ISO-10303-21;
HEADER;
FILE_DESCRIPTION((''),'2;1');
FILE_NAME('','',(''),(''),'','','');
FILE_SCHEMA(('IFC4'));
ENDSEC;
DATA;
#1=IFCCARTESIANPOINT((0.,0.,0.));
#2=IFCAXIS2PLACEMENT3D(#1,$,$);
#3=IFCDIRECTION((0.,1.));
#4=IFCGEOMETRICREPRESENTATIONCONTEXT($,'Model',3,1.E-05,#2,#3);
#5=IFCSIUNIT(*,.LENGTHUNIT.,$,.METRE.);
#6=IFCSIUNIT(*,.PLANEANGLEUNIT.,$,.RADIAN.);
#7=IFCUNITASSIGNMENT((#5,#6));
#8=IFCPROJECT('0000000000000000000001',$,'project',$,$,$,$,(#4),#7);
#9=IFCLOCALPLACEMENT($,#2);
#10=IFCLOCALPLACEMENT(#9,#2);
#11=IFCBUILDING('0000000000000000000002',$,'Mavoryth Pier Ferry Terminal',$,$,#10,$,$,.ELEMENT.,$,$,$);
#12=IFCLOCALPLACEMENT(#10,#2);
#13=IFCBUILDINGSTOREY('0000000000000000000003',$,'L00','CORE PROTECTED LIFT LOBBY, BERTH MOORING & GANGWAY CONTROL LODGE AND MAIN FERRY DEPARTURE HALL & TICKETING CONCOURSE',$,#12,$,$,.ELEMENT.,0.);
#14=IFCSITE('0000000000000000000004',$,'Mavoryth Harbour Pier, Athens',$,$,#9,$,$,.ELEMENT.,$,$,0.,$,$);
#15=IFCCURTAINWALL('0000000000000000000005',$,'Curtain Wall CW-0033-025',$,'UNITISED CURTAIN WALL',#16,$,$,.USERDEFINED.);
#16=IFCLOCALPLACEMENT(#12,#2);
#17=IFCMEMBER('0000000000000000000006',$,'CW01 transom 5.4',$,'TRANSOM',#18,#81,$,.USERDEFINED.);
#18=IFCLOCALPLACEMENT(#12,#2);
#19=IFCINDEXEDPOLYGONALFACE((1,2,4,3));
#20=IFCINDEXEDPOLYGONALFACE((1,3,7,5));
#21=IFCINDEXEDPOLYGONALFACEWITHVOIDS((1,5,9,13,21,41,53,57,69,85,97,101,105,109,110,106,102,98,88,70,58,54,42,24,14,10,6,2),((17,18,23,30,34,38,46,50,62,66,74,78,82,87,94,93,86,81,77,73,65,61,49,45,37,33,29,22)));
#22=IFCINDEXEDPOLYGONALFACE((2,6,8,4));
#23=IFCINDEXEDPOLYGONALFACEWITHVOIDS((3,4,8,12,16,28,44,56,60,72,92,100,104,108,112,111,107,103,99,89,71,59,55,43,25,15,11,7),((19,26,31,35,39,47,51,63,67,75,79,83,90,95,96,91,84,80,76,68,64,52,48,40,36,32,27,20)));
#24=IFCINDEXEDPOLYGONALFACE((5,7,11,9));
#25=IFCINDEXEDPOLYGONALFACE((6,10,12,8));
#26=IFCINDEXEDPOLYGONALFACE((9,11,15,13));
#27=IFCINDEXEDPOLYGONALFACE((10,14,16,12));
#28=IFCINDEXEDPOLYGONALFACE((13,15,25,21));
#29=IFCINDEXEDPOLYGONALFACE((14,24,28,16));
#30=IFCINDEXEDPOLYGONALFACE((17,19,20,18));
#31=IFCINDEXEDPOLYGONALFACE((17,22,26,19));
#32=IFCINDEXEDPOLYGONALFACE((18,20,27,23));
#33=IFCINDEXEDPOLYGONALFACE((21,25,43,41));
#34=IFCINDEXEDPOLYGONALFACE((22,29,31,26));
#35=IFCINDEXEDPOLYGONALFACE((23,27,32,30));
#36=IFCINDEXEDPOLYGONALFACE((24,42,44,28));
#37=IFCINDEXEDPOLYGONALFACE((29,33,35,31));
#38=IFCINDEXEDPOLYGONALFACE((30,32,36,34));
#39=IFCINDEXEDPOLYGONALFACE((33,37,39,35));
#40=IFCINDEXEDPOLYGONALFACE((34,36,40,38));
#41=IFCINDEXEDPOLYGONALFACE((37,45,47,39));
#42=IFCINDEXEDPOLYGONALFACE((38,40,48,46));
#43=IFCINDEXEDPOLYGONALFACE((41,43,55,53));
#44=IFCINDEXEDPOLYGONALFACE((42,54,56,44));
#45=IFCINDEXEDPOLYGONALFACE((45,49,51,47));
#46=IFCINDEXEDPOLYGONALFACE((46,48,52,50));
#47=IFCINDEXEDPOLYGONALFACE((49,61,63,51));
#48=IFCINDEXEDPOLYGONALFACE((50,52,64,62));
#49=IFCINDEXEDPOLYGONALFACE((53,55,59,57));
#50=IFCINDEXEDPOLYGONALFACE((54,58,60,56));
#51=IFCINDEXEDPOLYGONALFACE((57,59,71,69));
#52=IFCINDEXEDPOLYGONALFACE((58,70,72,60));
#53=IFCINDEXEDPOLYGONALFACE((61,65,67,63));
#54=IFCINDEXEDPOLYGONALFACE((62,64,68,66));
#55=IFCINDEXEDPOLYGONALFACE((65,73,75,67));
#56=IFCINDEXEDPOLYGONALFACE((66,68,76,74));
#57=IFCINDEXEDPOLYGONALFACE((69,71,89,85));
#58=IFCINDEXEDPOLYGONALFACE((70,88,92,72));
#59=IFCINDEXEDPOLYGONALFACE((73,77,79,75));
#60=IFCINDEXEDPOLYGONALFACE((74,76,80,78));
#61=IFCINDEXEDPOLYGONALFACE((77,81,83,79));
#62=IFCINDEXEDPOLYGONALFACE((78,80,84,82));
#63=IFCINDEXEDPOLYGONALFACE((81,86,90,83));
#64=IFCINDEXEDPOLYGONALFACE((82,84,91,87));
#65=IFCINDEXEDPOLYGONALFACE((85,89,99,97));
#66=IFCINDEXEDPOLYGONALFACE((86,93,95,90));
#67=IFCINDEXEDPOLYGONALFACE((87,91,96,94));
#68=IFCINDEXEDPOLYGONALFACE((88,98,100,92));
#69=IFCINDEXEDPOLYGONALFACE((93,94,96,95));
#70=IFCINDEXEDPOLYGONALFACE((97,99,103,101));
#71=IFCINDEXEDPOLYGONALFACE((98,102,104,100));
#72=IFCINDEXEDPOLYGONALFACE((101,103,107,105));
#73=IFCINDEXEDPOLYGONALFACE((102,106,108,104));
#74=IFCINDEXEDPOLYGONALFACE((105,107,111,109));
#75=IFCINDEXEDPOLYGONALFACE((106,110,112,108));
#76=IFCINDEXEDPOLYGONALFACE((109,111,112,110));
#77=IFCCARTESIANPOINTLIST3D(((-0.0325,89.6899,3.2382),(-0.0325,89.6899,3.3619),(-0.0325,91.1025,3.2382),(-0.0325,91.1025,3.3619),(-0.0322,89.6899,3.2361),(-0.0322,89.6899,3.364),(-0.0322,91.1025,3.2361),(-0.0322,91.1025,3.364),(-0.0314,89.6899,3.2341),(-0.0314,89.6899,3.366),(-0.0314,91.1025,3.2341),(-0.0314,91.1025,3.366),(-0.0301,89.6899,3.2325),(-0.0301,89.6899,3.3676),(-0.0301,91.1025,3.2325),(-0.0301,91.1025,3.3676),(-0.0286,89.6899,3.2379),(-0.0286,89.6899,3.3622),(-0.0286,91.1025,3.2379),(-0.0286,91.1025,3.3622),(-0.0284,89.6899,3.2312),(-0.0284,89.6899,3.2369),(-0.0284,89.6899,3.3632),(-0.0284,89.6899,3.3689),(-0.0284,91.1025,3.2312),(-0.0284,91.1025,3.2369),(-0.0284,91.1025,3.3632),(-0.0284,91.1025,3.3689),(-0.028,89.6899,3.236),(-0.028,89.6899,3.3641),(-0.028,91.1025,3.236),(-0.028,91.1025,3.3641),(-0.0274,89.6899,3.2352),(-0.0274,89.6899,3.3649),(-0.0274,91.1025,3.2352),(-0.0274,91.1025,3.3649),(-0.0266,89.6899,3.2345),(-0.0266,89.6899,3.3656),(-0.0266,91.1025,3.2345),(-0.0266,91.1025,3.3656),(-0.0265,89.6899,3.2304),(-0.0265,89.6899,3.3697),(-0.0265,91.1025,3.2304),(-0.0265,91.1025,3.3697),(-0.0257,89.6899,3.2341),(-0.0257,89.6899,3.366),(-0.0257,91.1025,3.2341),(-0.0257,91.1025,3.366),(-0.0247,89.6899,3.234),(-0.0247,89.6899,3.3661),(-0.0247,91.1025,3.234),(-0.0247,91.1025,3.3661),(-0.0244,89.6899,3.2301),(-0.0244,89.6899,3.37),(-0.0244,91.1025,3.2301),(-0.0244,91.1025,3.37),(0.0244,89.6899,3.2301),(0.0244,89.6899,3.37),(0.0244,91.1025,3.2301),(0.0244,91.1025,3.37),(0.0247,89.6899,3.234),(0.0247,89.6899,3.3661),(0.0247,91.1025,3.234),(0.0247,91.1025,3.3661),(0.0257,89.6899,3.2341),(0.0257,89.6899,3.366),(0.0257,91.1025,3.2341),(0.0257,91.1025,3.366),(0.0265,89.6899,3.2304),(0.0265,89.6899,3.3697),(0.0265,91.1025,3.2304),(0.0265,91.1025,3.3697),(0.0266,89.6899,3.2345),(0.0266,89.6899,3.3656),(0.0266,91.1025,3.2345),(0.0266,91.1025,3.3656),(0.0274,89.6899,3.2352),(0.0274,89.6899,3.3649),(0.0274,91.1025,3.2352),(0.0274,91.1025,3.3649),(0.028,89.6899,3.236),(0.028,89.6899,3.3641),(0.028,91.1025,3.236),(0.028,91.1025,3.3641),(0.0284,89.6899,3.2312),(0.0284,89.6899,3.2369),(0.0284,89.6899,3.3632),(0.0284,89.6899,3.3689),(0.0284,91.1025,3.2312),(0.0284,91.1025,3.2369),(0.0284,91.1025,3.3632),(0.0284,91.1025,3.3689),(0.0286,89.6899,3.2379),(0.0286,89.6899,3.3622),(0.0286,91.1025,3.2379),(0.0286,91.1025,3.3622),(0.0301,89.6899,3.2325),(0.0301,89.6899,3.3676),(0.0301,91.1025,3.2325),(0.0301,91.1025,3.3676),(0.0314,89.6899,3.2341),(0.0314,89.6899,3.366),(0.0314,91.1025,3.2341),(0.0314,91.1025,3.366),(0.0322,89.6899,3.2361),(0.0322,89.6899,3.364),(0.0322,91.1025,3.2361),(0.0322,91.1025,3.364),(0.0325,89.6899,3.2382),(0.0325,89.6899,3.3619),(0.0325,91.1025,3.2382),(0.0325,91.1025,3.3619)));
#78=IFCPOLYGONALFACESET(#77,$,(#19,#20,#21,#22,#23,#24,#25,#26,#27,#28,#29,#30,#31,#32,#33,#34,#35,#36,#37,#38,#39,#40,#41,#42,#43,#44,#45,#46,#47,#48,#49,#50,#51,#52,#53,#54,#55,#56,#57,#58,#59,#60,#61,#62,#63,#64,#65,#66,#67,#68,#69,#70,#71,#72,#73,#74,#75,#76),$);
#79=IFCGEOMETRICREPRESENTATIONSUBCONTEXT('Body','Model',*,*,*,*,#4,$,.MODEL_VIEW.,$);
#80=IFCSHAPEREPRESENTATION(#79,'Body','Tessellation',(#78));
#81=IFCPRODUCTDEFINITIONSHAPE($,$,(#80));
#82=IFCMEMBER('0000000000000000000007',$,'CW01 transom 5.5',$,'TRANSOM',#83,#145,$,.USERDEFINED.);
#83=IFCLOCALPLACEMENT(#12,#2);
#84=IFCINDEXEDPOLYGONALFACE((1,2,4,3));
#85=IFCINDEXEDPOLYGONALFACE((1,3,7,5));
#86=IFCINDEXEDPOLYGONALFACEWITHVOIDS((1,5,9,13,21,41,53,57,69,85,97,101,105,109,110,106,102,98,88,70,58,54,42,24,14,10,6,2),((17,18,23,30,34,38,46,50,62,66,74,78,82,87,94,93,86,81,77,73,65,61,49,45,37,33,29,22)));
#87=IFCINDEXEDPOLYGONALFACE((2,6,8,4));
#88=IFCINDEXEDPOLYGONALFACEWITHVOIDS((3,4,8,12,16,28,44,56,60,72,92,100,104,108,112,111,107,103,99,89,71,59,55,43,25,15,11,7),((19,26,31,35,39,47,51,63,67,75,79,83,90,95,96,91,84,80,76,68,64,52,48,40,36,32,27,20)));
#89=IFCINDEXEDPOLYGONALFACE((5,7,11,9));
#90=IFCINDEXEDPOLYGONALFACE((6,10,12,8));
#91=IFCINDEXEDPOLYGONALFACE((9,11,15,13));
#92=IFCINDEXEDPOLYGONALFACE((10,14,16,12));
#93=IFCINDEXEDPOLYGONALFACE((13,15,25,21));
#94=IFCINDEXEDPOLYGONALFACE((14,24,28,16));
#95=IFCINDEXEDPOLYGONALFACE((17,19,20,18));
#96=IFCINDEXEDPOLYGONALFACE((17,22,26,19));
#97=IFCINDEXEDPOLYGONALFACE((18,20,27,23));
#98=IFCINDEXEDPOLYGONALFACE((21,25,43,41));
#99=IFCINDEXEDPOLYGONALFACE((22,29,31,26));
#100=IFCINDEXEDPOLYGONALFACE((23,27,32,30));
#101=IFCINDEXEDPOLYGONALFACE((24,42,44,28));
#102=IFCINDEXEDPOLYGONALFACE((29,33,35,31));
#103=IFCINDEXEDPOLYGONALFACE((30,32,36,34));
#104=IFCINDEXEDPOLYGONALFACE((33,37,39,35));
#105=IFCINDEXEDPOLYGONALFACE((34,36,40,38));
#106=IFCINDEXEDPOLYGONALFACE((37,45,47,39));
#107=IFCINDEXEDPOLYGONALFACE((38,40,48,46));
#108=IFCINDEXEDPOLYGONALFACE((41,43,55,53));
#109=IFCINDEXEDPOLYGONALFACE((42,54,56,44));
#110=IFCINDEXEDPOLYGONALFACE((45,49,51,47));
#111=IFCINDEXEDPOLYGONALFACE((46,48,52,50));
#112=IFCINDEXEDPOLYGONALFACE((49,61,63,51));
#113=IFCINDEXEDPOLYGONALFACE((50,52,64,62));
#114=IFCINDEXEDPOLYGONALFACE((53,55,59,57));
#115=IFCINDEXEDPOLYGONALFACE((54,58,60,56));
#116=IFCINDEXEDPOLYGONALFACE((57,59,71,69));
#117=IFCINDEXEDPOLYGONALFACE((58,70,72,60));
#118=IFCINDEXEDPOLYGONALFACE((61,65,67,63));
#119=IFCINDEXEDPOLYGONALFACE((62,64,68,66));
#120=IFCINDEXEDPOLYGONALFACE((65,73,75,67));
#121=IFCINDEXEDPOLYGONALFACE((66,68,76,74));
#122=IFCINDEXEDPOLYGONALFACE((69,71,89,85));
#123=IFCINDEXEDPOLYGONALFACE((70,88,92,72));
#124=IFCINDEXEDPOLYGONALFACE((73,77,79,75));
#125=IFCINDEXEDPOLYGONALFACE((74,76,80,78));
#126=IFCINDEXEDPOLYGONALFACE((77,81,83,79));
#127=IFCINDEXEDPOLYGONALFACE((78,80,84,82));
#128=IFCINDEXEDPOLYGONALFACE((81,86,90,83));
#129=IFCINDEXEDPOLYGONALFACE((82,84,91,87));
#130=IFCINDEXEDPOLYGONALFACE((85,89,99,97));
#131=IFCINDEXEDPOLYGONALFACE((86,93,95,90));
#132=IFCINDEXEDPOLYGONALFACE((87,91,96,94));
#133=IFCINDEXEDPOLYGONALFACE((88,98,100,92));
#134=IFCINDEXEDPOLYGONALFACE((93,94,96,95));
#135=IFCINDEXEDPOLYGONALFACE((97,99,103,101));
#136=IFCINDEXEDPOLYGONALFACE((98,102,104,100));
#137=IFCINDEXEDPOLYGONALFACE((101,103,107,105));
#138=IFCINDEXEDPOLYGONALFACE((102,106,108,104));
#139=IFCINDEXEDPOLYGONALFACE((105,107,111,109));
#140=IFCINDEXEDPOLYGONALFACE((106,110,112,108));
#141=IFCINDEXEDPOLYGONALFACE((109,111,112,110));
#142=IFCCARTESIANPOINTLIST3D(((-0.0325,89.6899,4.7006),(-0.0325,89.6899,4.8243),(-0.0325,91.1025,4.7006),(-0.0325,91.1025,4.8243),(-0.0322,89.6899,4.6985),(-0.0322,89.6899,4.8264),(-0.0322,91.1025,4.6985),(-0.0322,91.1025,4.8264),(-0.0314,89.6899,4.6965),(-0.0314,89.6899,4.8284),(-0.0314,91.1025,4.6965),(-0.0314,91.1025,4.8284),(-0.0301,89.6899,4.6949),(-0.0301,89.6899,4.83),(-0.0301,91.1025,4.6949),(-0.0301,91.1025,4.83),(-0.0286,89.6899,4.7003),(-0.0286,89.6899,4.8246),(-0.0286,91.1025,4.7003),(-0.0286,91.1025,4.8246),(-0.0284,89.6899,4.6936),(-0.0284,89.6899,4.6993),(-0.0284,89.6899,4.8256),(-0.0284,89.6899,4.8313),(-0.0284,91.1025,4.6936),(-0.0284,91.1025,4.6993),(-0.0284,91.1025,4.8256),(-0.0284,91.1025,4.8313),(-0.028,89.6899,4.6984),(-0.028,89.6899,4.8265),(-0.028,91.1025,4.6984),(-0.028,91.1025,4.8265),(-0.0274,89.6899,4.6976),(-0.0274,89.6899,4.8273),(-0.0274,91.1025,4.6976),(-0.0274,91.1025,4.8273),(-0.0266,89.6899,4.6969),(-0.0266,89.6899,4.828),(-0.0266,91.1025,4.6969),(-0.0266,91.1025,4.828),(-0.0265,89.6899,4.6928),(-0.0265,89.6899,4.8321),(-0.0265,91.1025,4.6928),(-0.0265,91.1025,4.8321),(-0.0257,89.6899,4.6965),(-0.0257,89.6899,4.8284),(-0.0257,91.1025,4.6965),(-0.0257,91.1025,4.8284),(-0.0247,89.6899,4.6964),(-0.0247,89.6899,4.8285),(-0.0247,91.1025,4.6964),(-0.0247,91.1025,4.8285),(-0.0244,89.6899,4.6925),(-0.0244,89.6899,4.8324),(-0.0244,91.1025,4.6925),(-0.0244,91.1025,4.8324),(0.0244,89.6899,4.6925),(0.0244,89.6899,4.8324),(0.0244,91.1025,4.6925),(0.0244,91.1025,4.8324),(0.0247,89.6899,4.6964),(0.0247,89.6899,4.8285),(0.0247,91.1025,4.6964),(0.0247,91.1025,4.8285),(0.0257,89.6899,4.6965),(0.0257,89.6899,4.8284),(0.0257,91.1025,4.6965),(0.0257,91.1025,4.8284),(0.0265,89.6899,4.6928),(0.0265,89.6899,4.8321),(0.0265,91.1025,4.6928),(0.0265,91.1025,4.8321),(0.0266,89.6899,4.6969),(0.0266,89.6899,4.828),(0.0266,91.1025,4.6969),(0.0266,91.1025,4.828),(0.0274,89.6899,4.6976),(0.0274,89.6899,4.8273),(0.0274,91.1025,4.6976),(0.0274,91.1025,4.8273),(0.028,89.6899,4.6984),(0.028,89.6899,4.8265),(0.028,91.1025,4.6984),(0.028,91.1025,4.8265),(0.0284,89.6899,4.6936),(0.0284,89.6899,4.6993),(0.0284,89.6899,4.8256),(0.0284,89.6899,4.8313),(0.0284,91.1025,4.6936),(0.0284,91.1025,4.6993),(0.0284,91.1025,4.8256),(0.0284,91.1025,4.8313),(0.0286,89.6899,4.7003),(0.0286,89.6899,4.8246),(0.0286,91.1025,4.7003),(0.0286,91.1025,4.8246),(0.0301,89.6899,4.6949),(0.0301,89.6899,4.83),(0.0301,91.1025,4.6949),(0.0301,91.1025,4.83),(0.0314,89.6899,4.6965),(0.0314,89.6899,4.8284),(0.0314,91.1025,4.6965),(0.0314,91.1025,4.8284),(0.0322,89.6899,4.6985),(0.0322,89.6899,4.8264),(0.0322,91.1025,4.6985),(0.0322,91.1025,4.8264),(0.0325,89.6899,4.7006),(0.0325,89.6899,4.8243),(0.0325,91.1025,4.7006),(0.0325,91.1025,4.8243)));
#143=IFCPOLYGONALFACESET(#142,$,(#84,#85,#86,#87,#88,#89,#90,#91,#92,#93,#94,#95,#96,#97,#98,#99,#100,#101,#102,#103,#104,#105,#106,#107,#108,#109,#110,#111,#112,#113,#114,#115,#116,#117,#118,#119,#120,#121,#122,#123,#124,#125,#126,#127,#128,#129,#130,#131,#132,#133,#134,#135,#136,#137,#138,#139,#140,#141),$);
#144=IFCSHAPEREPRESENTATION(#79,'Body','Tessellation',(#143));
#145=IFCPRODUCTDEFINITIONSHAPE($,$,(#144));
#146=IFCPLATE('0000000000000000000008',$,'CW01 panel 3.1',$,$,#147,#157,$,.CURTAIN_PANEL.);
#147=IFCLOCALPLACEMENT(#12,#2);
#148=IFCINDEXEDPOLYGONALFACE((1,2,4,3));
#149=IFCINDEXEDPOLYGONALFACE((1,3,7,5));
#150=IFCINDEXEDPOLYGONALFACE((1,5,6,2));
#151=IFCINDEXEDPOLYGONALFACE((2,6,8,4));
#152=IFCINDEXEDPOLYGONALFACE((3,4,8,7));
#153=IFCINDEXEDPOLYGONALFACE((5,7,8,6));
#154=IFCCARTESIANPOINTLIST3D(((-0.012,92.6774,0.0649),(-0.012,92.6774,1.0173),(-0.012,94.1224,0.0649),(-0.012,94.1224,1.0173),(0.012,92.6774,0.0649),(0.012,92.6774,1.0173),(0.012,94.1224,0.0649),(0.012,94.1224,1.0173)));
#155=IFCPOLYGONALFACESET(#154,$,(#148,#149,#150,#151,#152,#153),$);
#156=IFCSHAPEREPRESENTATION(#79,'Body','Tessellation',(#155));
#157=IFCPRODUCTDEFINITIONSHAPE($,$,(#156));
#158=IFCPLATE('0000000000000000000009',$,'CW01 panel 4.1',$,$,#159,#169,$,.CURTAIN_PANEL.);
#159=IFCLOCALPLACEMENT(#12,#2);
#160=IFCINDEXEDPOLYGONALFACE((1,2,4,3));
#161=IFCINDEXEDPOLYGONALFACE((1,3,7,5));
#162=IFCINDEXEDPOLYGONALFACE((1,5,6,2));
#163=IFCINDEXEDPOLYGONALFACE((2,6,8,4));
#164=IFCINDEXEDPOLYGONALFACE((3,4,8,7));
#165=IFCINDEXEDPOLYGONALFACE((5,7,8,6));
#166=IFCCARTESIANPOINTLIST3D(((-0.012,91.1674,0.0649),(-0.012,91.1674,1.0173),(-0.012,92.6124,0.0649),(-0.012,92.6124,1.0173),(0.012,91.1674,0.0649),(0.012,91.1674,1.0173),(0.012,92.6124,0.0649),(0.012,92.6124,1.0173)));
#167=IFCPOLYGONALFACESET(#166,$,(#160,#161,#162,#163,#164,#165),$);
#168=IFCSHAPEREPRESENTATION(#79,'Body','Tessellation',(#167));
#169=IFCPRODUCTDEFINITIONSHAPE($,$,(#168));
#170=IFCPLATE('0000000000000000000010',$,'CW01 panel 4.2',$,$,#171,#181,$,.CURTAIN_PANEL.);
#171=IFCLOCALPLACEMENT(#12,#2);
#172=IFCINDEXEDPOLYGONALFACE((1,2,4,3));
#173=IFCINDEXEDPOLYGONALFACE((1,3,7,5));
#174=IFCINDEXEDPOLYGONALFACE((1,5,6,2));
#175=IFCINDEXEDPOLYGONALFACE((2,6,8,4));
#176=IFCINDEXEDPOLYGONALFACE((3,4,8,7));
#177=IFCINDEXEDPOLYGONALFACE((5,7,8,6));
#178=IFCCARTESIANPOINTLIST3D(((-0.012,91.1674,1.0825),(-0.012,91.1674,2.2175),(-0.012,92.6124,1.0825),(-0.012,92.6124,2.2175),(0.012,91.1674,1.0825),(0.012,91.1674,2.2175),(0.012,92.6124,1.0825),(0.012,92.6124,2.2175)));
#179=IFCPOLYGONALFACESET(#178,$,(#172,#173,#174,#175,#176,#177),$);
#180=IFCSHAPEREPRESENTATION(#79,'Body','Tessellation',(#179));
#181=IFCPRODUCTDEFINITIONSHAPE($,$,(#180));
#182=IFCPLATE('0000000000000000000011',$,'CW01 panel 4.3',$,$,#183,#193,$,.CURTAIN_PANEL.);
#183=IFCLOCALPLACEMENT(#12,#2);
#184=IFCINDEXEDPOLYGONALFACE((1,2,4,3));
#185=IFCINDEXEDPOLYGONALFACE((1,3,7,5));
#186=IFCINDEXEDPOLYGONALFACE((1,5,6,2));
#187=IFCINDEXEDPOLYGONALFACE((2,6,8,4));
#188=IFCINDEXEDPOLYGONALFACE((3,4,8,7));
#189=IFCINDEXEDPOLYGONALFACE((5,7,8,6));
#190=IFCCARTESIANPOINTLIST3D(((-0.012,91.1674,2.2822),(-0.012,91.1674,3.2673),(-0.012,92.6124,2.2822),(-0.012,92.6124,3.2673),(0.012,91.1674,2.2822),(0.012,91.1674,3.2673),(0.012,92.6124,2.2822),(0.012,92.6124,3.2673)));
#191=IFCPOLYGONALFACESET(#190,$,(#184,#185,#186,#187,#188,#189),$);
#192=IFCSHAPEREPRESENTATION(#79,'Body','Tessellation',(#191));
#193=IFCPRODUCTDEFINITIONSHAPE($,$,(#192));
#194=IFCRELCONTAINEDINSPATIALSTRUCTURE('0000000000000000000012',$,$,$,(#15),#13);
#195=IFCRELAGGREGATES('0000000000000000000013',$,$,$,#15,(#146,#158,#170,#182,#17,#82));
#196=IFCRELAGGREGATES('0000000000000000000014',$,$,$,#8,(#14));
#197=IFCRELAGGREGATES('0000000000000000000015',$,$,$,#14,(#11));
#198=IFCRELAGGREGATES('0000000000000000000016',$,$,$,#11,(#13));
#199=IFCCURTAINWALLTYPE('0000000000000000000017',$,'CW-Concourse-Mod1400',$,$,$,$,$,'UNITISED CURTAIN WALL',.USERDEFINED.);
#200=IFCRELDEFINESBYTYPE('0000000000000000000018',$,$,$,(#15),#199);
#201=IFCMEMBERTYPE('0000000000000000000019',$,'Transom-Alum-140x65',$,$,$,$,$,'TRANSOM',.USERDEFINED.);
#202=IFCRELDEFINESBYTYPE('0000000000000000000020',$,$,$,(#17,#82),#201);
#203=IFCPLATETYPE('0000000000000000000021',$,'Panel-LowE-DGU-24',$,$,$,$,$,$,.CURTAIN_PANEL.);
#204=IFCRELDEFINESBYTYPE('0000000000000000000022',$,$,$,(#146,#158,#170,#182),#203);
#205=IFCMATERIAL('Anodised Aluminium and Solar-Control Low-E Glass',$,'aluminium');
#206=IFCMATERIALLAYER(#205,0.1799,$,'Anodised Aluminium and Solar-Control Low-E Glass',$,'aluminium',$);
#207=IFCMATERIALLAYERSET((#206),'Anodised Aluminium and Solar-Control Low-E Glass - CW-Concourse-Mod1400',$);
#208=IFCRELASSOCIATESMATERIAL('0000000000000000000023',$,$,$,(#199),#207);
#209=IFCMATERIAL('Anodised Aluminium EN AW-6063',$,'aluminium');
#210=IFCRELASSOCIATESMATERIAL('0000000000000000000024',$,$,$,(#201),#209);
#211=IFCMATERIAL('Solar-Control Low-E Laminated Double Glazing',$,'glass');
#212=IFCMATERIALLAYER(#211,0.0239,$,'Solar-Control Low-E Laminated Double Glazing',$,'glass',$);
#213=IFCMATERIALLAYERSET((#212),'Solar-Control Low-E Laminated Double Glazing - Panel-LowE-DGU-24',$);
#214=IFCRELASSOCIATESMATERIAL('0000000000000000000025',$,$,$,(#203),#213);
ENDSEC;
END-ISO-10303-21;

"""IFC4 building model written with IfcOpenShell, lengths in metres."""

from ifc_helpers import new_model, si_unit, direction, frame, origin, origin_2d, place, context, subcontext, project, spatial, rectangle, hollow_rectangle, extrude, material, layer, layer_set, material_profile, profile_set, type_object, element, aggregate, save


model = new_model("IFC4")

# Units and contexts
model_context = context("Model", 3, precision=1e-05, world=origin(), true_north=direction((0.0, 1.0)))
body_context = subcontext(model_context, "Body", "Model", "MODEL_VIEW")
ifc_project = project(units=[si_unit("LENGTHUNIT", "METRE"), si_unit("PLANEANGLEUNIT", "RADIAN")], contexts=[model_context])

# Site, building, storey
site_placement = place(None, origin())
site = spatial("IfcSite", under=ifc_project, at=site_placement, Name="Mavoryth Harbour Pier, Athens", CompositionType="ELEMENT", RefElevation=0.0)
building_placement = place(site_placement, origin())
building = spatial("IfcBuilding", under=site, at=building_placement, Name="Mavoryth Pier Ferry Terminal", CompositionType="ELEMENT")
storey_placement = place(building_placement, origin())
storey = spatial("IfcBuildingStorey", under=building, at=storey_placement, Name="L00", Description="CORE PROTECTED LIFT LOBBY, BERTH MOORING & GANGWAY CONTROL LODGE AND MAIN FERRY DEPARTURE HALL & TICKETING CONCOURSE", CompositionType="ELEMENT", Elevation=0.0)

# Curtain wall, members, plates
ifc_material_1 = material(Name="Anodised Aluminium and Solar-Control Low-E Glass", Category="aluminium")
ifc_layer_1 = layer(ifc_material_1, 0.1799, Name="Anodised Aluminium and Solar-Control Low-E Glass", Category="aluminium")
ifc_layer_set_1 = layer_set([ifc_layer_1], Name="Anodised Aluminium and Solar-Control Low-E Glass - CW-Concourse-Mod1400")
curtain_wall_type = type_object("IfcCurtainWallType", Name="CW-Concourse-Mod1400", ElementType="UNITISED CURTAIN WALL", PredefinedType="USERDEFINED", material=ifc_layer_set_1)
curtain_wall_placement = place(storey_placement, origin())
curtain_wall = element("IfcCurtainWall", 1, at=curtain_wall_placement, inside=storey, type_object=curtain_wall_type, Name="Curtain Wall CW-0033-025", ObjectType="UNITISED CURTAIN WALL", PredefinedType="USERDEFINED")
ifc_material_2 = material(Name="Anodised Aluminium EN AW-6063", Category="aluminium")
ifc_material_profile_1 = material_profile(ifc_material_2, hollow_rectangle(XDim=0.0649, YDim=0.1399, WallThickness=0.0039, InnerFilletRadius=0.0039, OuterFilletRadius=0.0081, at=origin_2d()), Name="AL-TRAN 140x65x4", Category="aluminium")
ifc_profile_set_1 = profile_set([ifc_material_profile_1], Name="Anodised Aluminium EN AW-6063 - AL-TRAN 140x65x4")
member_type_1 = type_object("IfcMemberType", Name="Transom-Alum-140x65", ElementType="TRANSOM", PredefinedType="USERDEFINED", material=ifc_profile_set_1)
member_1_placement = place(storey_placement, frame((0.0, 91.1025, 3.3), z_axis=(0.0, -1.0, 0.0), x_axis=(1.0, 0.0, 0.0)))
member_1 = element("IfcMember", 2, at=member_1_placement, type_object=member_type_1, Name="CW01 transom 5.4", ObjectType="TRANSOM", PredefinedType="USERDEFINED", context=body_context, shape_type="SweptSolid", body=[
    extrude(hollow_rectangle(XDim=0.0649, YDim=0.1399, WallThickness=0.0039, InnerFilletRadius=0.0039, OuterFilletRadius=0.0081, at=origin_2d()), origin(), (0.0, 0.0, 1.0), 1.4126),
])
member_2_placement = place(storey_placement, frame((0.0, 91.1025, 4.7625), z_axis=(0.0, -1.0, 0.0), x_axis=(1.0, 0.0, 0.0)))
member_2 = element("IfcMember", 3, at=member_2_placement, type_object=member_type_1, Name="CW01 transom 5.5", ObjectType="TRANSOM", PredefinedType="USERDEFINED", context=body_context, shape_type="SweptSolid", body=[
    extrude(hollow_rectangle(XDim=0.0649, YDim=0.1399, WallThickness=0.0039, InnerFilletRadius=0.0039, OuterFilletRadius=0.0081, at=origin_2d()), origin(), (0.0, 0.0, 1.0), 1.4126),
])
ifc_material_3 = material(Name="Solar-Control Low-E Laminated Double Glazing", Category="glass")
ifc_layer_2 = layer(ifc_material_3, 0.0239, Name="Solar-Control Low-E Laminated Double Glazing", Category="glass")
ifc_layer_set_2 = layer_set([ifc_layer_2], Name="Solar-Control Low-E Laminated Double Glazing - Panel-LowE-DGU-24")
plate_type = type_object("IfcPlateType", Name="Panel-LowE-DGU-24", PredefinedType="CURTAIN_PANEL", material=ifc_layer_set_2)
plate_1_placement = place(storey_placement, frame((0.0, 93.3999, 0.0649), z_axis=(0.0, 0.0, 1.0), x_axis=(0.0, -1.0, 0.0)))
plate_1 = element("IfcPlate", 4, at=plate_1_placement, type_object=plate_type, Name="CW01 panel 3.1", PredefinedType="CURTAIN_PANEL", context=body_context, shape_type="SweptSolid", body=[
    extrude(rectangle(XDim=1.4451, YDim=0.0239, at=origin_2d()), origin(), (0.0, 0.0, 1.0), 0.9524),
])
plate_2_placement = place(storey_placement, frame((0.0, 91.8899, 0.0649), z_axis=(0.0, 0.0, 1.0), x_axis=(0.0, -1.0, 0.0)))
plate_2 = element("IfcPlate", 5, at=plate_2_placement, type_object=plate_type, Name="CW01 panel 4.1", PredefinedType="CURTAIN_PANEL", context=body_context, shape_type="SweptSolid", body=[
    extrude(rectangle(XDim=1.4451, YDim=0.0239, at=origin_2d()), origin(), (0.0, 0.0, 1.0), 0.9524),
])
plate_3_placement = place(storey_placement, frame((0.0, 91.8899, 1.0825), z_axis=(0.0, 0.0, 1.0), x_axis=(0.0, -1.0, 0.0)))
plate_3 = element("IfcPlate", 6, at=plate_3_placement, type_object=plate_type, Name="CW01 panel 4.2", PredefinedType="CURTAIN_PANEL", context=body_context, shape_type="SweptSolid", body=[
    extrude(rectangle(XDim=1.4451, YDim=0.0239, at=origin_2d()), origin(), (0.0, 0.0, 1.0), 1.135),
])
plate_4_placement = place(storey_placement, frame((0.0, 91.8899, 2.2822), z_axis=(0.0, 0.0, 1.0), x_axis=(0.0, -1.0, 0.0)))
plate_4 = element("IfcPlate", 7, at=plate_4_placement, type_object=plate_type, Name="CW01 panel 4.3", PredefinedType="CURTAIN_PANEL", context=body_context, shape_type="SweptSolid", body=[
    extrude(rectangle(XDim=1.4451, YDim=0.0239, at=origin_2d()), origin(), (0.0, 0.0, 1.0), 0.9851),
])
aggregate(curtain_wall, [plate_1, plate_2, plate_3, plate_4, member_1, member_2])

save(model, "model.ifc")
